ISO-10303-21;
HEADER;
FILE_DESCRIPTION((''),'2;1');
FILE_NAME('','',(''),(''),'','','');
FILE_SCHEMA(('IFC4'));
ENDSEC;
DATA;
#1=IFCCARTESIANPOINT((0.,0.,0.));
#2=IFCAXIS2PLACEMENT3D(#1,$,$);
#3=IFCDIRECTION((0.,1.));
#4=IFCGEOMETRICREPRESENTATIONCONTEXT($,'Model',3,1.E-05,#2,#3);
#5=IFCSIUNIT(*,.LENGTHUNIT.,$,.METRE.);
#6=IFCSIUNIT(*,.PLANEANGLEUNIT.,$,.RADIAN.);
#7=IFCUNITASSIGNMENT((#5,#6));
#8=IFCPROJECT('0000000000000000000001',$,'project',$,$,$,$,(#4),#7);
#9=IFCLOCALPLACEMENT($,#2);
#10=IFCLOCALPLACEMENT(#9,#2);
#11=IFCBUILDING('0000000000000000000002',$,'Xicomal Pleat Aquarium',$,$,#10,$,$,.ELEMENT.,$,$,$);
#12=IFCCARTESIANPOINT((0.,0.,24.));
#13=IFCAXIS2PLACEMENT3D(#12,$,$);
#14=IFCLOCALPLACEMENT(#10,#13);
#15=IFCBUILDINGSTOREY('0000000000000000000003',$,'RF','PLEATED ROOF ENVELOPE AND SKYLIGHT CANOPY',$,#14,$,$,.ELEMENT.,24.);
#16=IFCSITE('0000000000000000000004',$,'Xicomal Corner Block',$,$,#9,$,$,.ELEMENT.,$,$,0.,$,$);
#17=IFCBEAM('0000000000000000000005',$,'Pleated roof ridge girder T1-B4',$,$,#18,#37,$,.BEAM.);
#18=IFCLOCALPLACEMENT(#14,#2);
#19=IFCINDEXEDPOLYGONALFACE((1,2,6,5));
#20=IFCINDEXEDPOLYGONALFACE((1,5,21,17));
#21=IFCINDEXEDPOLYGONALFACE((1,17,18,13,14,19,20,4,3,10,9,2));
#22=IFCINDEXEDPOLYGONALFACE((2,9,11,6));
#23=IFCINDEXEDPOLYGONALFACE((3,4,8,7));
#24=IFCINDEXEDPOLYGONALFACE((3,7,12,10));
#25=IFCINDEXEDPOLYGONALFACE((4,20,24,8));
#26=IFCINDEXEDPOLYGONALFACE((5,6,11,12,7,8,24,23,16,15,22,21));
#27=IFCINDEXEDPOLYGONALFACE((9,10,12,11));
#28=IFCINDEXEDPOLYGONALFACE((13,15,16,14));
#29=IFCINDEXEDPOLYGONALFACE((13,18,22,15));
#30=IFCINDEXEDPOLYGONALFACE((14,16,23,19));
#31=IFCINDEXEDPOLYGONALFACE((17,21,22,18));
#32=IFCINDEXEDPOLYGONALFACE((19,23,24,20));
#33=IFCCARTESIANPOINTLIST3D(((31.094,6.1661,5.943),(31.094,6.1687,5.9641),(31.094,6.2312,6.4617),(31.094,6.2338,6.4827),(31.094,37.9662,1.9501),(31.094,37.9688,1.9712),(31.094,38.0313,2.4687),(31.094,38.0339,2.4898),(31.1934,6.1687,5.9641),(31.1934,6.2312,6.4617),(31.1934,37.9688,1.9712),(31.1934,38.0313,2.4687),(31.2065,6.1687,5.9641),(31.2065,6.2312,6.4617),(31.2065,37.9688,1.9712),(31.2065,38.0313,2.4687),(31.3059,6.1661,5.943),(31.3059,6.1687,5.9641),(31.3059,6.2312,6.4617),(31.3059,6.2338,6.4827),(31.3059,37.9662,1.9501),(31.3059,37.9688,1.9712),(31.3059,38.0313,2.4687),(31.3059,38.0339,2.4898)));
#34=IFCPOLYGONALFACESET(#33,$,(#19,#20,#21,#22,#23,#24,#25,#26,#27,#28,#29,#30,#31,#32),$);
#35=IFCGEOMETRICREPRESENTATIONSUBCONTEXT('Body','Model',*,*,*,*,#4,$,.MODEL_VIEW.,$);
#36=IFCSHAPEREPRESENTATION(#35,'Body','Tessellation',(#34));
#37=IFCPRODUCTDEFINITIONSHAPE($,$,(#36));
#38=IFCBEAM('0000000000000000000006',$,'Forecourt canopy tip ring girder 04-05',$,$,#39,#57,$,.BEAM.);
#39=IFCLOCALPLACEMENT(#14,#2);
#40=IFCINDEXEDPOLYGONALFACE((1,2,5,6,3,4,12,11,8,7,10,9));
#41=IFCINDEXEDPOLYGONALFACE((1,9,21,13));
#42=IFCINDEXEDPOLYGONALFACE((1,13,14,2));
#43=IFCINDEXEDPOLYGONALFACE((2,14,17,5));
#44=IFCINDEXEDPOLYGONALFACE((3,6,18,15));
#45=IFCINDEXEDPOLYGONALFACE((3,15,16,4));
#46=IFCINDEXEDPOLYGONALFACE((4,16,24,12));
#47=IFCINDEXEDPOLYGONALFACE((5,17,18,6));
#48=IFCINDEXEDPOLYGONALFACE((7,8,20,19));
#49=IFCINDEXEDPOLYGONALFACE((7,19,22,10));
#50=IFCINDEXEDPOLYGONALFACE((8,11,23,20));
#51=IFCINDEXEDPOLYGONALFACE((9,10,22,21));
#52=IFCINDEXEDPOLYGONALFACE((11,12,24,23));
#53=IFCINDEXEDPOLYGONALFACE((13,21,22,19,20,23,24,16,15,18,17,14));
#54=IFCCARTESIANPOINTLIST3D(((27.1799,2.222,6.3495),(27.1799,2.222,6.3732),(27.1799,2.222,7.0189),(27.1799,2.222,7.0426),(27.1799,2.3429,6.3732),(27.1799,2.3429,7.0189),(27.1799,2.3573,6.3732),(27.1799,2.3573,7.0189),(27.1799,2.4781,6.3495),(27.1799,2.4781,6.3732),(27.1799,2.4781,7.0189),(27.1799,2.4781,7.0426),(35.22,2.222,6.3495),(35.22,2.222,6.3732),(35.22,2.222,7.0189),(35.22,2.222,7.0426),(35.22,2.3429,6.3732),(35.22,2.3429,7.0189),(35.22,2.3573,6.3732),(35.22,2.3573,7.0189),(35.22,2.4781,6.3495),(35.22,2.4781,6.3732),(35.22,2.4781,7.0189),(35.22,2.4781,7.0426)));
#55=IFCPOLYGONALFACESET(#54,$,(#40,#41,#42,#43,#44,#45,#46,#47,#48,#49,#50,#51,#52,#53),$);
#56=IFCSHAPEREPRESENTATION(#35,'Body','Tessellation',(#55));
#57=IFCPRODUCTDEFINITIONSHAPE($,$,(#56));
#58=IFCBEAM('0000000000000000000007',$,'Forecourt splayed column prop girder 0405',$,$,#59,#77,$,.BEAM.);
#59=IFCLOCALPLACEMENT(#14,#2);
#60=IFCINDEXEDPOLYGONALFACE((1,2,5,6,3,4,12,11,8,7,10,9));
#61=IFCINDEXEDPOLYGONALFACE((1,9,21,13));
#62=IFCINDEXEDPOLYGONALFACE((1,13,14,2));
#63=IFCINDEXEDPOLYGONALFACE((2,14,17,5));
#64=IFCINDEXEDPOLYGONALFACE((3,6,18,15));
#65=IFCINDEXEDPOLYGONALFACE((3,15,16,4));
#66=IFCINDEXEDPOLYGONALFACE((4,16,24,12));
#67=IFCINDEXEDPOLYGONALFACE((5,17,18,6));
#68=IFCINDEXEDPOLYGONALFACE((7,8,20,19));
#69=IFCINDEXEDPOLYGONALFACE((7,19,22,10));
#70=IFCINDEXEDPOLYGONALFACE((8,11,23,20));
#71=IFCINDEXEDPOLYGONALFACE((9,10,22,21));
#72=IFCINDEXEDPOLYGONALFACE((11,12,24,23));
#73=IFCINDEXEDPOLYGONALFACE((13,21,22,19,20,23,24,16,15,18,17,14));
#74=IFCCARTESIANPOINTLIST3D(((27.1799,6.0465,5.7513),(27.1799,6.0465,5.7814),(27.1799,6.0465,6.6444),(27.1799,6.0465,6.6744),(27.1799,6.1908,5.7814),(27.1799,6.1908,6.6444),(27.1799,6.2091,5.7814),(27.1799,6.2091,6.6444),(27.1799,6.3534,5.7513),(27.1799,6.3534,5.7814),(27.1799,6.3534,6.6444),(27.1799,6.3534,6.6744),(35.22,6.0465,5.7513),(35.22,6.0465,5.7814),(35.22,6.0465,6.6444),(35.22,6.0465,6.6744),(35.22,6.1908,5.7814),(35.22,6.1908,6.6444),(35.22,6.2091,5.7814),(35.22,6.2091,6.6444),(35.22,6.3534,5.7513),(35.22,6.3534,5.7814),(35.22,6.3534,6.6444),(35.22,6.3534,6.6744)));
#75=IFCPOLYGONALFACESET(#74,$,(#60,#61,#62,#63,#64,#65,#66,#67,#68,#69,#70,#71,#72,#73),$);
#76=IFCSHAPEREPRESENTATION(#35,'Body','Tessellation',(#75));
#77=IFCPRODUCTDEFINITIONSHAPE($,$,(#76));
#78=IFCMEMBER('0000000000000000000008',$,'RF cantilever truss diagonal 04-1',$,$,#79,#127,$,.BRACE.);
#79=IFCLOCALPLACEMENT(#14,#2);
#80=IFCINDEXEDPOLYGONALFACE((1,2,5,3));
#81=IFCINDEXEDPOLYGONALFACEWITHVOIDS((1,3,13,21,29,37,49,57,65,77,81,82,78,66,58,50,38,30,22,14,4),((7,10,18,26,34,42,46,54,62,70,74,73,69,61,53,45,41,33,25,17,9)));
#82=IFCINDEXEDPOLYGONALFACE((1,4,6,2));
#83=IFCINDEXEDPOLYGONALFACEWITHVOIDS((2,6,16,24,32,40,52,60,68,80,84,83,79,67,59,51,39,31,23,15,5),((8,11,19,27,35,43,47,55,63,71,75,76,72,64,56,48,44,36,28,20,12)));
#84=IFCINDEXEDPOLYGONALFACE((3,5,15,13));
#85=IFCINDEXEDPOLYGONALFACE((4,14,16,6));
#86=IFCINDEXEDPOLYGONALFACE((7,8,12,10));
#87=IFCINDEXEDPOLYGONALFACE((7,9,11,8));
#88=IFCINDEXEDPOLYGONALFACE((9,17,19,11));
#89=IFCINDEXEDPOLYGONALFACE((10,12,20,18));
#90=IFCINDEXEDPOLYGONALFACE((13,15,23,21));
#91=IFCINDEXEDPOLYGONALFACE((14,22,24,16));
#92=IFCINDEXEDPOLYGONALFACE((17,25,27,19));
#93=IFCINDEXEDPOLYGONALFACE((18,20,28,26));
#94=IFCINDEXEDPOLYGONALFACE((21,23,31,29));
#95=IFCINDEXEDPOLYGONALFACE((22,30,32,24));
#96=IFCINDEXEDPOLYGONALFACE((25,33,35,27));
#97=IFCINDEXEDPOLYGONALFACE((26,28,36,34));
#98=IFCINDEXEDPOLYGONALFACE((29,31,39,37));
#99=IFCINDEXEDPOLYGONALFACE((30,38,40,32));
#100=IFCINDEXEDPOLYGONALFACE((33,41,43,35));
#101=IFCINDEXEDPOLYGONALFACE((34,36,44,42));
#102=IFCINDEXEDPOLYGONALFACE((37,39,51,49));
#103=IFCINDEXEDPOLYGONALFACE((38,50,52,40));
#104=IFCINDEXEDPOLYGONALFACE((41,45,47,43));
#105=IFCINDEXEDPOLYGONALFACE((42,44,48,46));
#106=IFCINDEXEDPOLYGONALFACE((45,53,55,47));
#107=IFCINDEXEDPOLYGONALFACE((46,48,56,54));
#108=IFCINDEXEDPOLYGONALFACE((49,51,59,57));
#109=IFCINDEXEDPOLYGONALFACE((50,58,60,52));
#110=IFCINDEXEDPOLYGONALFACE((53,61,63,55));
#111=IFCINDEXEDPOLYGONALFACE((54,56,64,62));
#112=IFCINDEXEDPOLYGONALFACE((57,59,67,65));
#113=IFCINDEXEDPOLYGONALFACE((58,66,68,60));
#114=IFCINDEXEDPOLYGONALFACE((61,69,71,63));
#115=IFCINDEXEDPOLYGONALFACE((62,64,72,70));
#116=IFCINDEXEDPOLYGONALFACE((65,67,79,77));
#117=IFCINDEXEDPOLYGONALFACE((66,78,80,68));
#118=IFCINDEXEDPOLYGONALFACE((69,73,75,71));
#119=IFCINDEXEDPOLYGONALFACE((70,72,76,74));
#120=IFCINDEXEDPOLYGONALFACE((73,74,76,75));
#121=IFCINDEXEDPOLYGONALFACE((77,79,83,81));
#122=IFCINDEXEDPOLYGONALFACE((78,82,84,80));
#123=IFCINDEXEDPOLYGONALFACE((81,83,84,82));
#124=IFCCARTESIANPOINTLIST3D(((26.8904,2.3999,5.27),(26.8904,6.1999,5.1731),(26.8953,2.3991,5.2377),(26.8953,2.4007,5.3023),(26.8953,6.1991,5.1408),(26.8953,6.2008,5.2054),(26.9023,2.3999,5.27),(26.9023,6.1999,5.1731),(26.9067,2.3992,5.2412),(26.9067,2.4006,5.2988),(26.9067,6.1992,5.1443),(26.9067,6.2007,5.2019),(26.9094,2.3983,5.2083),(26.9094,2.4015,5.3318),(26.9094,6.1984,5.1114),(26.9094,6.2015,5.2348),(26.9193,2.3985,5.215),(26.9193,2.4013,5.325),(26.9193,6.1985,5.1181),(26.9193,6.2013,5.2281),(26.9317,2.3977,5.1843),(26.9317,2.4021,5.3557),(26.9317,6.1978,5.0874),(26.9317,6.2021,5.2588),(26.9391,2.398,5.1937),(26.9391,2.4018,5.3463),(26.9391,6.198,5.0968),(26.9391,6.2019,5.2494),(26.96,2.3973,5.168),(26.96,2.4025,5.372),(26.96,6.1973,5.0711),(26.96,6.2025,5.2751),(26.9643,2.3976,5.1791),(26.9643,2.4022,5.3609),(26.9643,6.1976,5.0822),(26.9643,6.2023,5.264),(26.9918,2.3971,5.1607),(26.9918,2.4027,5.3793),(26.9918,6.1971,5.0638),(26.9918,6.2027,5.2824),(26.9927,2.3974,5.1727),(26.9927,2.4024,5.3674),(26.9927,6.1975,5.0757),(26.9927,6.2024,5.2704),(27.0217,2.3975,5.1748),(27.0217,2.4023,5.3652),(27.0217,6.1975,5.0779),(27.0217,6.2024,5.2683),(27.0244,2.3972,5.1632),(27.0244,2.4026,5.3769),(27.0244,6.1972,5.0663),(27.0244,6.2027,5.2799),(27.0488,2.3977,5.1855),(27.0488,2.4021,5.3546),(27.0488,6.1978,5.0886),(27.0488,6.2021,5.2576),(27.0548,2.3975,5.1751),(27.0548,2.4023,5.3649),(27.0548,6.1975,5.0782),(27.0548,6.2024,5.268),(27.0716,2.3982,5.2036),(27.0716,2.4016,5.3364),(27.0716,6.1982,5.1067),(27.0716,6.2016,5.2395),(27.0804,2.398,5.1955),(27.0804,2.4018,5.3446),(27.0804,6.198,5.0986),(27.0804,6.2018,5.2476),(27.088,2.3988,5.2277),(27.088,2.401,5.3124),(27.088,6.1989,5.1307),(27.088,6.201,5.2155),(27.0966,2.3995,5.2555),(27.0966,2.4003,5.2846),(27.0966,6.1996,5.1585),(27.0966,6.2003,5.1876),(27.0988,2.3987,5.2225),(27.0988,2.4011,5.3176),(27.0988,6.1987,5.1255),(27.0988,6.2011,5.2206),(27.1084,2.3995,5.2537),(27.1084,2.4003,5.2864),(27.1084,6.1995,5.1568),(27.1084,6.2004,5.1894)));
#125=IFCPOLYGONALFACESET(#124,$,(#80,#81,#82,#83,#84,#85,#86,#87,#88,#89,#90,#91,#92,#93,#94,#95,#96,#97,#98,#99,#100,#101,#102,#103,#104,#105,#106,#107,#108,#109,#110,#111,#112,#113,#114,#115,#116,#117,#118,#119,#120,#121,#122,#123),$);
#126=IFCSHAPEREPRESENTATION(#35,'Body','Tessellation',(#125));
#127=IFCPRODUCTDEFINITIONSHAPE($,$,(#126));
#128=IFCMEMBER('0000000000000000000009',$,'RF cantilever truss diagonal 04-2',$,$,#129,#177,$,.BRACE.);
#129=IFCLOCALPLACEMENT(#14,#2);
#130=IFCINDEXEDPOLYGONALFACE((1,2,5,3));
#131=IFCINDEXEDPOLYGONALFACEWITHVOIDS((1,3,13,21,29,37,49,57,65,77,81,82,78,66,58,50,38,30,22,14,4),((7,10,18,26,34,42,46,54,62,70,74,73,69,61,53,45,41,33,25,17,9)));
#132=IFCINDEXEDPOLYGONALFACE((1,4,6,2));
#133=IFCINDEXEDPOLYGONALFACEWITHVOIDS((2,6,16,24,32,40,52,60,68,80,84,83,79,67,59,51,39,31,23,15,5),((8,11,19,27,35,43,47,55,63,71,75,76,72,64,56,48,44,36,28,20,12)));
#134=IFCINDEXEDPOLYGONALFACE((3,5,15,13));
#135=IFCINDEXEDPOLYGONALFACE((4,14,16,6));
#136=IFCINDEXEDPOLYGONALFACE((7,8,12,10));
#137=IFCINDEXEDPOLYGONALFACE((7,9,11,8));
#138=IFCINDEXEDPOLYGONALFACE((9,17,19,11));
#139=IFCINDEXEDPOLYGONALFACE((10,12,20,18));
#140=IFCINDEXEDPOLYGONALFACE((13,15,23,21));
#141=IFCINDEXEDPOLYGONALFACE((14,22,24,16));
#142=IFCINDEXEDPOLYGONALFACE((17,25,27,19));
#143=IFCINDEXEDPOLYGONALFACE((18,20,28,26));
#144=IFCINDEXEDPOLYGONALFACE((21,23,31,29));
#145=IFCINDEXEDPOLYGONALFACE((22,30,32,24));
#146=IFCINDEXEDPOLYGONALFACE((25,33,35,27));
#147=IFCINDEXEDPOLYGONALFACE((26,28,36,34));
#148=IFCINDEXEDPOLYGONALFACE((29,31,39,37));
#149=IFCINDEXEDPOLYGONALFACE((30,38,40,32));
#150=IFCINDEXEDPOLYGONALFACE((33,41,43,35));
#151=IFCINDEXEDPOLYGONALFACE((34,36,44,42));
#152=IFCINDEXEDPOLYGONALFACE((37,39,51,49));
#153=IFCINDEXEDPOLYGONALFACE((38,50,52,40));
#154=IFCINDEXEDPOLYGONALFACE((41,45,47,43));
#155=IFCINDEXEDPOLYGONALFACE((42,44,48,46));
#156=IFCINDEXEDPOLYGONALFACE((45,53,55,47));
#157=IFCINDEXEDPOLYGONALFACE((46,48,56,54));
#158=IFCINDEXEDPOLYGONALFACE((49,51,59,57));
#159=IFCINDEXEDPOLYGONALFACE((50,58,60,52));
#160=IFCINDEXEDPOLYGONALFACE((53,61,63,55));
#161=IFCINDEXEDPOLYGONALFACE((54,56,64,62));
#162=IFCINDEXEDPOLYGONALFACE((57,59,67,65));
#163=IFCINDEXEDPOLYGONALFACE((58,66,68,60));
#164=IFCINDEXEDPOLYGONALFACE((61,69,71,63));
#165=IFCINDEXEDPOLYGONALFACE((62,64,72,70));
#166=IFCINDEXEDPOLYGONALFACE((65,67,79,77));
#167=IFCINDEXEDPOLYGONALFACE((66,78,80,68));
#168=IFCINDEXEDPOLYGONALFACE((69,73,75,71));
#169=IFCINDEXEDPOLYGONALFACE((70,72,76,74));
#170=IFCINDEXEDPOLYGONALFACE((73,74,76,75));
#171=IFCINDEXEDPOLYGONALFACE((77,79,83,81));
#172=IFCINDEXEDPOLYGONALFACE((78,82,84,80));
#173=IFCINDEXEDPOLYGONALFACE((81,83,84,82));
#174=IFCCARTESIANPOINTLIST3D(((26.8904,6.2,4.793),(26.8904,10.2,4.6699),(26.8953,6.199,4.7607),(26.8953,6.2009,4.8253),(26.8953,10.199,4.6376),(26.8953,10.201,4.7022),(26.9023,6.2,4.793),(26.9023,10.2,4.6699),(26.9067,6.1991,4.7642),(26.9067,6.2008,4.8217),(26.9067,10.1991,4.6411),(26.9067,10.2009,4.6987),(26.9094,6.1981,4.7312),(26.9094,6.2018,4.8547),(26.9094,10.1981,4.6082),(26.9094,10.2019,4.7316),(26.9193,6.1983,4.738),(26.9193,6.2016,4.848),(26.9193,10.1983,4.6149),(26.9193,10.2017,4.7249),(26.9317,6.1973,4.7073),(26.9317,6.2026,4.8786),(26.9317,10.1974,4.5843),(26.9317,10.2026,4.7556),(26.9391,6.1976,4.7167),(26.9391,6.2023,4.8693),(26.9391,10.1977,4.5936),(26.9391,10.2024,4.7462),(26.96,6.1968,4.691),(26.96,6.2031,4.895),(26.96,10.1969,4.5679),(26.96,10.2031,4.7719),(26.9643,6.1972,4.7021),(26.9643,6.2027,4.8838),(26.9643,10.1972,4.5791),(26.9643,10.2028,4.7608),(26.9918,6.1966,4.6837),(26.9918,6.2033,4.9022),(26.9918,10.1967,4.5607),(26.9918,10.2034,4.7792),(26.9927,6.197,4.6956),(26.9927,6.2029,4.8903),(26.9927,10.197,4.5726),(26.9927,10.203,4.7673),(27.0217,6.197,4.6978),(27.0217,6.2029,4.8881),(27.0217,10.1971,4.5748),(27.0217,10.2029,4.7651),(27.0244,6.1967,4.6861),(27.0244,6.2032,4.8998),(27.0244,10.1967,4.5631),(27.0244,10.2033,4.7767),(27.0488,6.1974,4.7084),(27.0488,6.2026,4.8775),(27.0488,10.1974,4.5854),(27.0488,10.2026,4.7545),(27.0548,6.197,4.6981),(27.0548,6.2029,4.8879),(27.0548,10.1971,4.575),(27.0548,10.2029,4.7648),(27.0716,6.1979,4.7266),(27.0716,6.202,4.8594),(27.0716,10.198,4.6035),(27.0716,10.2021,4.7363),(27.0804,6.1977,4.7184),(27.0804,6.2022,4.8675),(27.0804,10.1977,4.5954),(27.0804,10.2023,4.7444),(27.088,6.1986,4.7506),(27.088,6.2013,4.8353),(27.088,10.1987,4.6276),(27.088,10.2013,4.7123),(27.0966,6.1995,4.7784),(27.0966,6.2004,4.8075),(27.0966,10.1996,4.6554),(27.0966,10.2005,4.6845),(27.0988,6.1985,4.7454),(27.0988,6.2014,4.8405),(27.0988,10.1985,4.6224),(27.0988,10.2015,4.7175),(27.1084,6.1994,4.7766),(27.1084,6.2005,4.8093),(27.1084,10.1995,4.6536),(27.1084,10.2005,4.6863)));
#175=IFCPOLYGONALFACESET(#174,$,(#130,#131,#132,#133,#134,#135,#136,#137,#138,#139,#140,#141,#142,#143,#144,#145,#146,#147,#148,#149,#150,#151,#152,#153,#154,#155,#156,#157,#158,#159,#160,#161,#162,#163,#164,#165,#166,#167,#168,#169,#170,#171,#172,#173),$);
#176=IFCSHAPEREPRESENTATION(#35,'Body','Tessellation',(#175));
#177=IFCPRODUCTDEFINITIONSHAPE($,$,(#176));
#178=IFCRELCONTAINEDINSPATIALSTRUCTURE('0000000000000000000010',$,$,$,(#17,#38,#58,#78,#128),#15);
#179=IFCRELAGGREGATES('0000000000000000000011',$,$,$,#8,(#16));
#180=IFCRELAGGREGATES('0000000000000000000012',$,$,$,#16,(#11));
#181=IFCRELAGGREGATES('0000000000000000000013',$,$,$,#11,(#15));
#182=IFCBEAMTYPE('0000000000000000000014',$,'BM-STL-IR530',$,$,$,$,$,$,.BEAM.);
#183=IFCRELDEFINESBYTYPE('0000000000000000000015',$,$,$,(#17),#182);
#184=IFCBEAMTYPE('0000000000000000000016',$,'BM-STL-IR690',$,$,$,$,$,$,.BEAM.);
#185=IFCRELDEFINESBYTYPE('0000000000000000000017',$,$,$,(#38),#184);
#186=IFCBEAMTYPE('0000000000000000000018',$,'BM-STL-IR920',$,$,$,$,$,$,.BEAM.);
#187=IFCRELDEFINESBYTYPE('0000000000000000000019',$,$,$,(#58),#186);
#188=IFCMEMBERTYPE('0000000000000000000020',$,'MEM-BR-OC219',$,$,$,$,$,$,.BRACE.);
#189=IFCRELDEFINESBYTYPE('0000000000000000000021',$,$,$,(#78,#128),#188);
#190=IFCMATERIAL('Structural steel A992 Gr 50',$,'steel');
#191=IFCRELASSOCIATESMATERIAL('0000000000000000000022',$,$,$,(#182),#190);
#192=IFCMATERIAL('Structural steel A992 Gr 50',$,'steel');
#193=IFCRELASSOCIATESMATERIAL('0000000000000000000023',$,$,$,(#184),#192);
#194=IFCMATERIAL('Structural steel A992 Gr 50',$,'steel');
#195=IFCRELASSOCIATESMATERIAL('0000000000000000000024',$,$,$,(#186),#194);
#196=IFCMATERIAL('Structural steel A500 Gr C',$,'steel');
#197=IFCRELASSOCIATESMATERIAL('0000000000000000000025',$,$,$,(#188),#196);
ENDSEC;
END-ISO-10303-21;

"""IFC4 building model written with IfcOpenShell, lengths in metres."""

from ifc_helpers import new_model, si_unit, direction, frame, origin, origin_2d, place, context, subcontext, project, spatial, hollow_circle, i_section, extrude, material, material_profile, profile_set, type_object, element, save


model = new_model("IFC4")

# Units and contexts
model_context = context("Model", 3, precision=1e-05, world=origin(), true_north=direction((0.0, 1.0)))
body_context = subcontext(model_context, "Body", "Model", "MODEL_VIEW")
ifc_project = project(units=[si_unit("LENGTHUNIT", "METRE"), si_unit("PLANEANGLEUNIT", "RADIAN")], contexts=[model_context])

# Site, building, storey
site_placement = place(None, origin())
site = spatial("IfcSite", under=ifc_project, at=site_placement, Name="Xicomal Corner Block", CompositionType="ELEMENT", RefElevation=0.0)
building_placement = place(site_placement, origin())
building = spatial("IfcBuilding", under=site, at=building_placement, Name="Xicomal Pleat Aquarium", CompositionType="ELEMENT")
storey_placement = place(building_placement, frame((0.0, 0.0, 24.0)))
storey = spatial("IfcBuildingStorey", under=building, at=storey_placement, Name="RF", Description="PLEATED ROOF ENVELOPE AND SKYLIGHT CANOPY", CompositionType="ELEMENT", Elevation=24.0)

# Beams
ifc_material_1 = material(Name="Structural steel A992 Gr 50", Category="steel")
ifc_material_profile_1 = material_profile(ifc_material_1, i_section(OverallWidth=0.2119, OverallDepth=0.5439, WebThickness=0.0132, FlangeThickness=0.0212, at=origin_2d()), Name="IR 530x123")
ifc_profile_set_1 = profile_set([ifc_material_profile_1], Name="Structural steel A992 Gr 50")
beam_type_1 = type_object("IfcBeamType", Name="BM-STL-IR530", PredefinedType="BEAM", material=ifc_profile_set_1)
beam_1_placement = place(storey_placement, frame((31.2, 6.2, 6.2129), z_axis=(0.0, 0.992209, -0.124585), x_axis=(-1.0, 0.0, 0.0)))
element("IfcBeam", 1, at=beam_1_placement, inside=storey, type_object=beam_type_1, Name="Pleated roof ridge girder T1-B4", PredefinedType="BEAM", context=body_context, shape_type="SweptSolid", body=[
    extrude(i_section(OverallWidth=0.2119, OverallDepth=0.5439, WebThickness=0.0132, FlangeThickness=0.0212, at=origin_2d()), origin(), (0.0, 0.0, 1.0), 32.0498),
])
ifc_material_2 = material(Name="Structural steel A992 Gr 50", Category="steel")
ifc_material_profile_2 = material_profile(ifc_material_2, i_section(OverallWidth=0.2561, OverallDepth=0.6931, WebThickness=0.0144, FlangeThickness=0.0237, at=origin_2d()), Name="IR 690x170")
ifc_profile_set_2 = profile_set([ifc_material_profile_2], Name="Structural steel A992 Gr 50")
beam_type_2 = type_object("IfcBeamType", Name="BM-STL-IR690", PredefinedType="BEAM", material=ifc_profile_set_2)
beam_2_placement = place(storey_placement, frame((27.1799, 2.3501, 6.696), z_axis=(1.0, 0.0, 0.0), x_axis=(0.0, 1.0, 0.0)))
element("IfcBeam", 2, at=beam_2_placement, inside=storey, type_object=beam_type_2, Name="Forecourt canopy tip ring girder 04-05", PredefinedType="BEAM", context=body_context, shape_type="SweptSolid", body=[
    extrude(i_section(OverallWidth=0.2561, OverallDepth=0.6931, WebThickness=0.0144, FlangeThickness=0.0237, at=origin_2d()), origin(), (0.0, 0.0, 1.0), 8.04),
])
ifc_material_3 = material(Name="Structural steel A992 Gr 50", Category="steel")
ifc_material_profile_3 = material_profile(ifc_material_3, i_section(OverallWidth=0.3069, OverallDepth=0.9231, WebThickness=0.0183, FlangeThickness=0.03, at=origin_2d()), Name="IR 920x271")
ifc_profile_set_3 = profile_set([ifc_material_profile_3], Name="Structural steel A992 Gr 50")
beam_type_3 = type_object("IfcBeamType", Name="BM-STL-IR920", PredefinedType="BEAM", material=ifc_profile_set_3)
beam_3_placement = place(storey_placement, frame((27.1799, 6.2, 6.2129), z_axis=(1.0, 0.0, 0.0), x_axis=(0.0, 1.0, 0.0)))
element("IfcBeam", 3, at=beam_3_placement, inside=storey, type_object=beam_type_3, Name="Forecourt splayed column prop girder 0405", PredefinedType="BEAM", context=body_context, shape_type="SweptSolid", body=[
    extrude(i_section(OverallWidth=0.3069, OverallDepth=0.9231, WebThickness=0.0183, FlangeThickness=0.03, at=origin_2d()), origin(), (0.0, 0.0, 1.0), 8.04),
])

# Members
ifc_material_4 = material(Name="Structural steel A500 Gr C", Category="steel")
ifc_material_profile_4 = material_profile(ifc_material_4, hollow_circle(Radius=0.1096, WallThickness=0.012, at=origin_2d()), Name="OC 219x12")
ifc_profile_set_4 = profile_set([ifc_material_profile_4], Name="Structural steel A500 Gr C")
member_type_1 = type_object("IfcMemberType", Name="MEM-BR-OC219", PredefinedType="BRACE", material=ifc_profile_set_4)
member_1_placement = place(storey_placement, frame((27.0, 2.3999, 5.27), z_axis=(0.0, 0.999675, -0.025498), x_axis=(-1.0, 0.0, 0.0)))
element("IfcMember", 4, at=member_1_placement, inside=storey, type_object=member_type_1, Name="RF cantilever truss diagonal 04-1", PredefinedType="BRACE", context=body_context, shape_type="SweptSolid", body=[
    extrude(hollow_circle(Radius=0.1096, WallThickness=0.012, at=origin_2d()), origin(), (0.0, 0.0, 1.0), 3.8013),
])
member_2_placement = place(storey_placement, frame((27.0, 6.2, 4.793), z_axis=(0.0, 0.999527, -0.030747), x_axis=(-1.0, 0.0, 0.0)))
element("IfcMember", 5, at=member_2_placement, inside=storey, type_object=member_type_1, Name="RF cantilever truss diagonal 04-2", PredefinedType="BRACE", context=body_context, shape_type="SweptSolid", body=[
    extrude(hollow_circle(Radius=0.1096, WallThickness=0.012, at=origin_2d()), origin(), (0.0, 0.0, 1.0), 4.002),
])

save(model, "model.ifc")
